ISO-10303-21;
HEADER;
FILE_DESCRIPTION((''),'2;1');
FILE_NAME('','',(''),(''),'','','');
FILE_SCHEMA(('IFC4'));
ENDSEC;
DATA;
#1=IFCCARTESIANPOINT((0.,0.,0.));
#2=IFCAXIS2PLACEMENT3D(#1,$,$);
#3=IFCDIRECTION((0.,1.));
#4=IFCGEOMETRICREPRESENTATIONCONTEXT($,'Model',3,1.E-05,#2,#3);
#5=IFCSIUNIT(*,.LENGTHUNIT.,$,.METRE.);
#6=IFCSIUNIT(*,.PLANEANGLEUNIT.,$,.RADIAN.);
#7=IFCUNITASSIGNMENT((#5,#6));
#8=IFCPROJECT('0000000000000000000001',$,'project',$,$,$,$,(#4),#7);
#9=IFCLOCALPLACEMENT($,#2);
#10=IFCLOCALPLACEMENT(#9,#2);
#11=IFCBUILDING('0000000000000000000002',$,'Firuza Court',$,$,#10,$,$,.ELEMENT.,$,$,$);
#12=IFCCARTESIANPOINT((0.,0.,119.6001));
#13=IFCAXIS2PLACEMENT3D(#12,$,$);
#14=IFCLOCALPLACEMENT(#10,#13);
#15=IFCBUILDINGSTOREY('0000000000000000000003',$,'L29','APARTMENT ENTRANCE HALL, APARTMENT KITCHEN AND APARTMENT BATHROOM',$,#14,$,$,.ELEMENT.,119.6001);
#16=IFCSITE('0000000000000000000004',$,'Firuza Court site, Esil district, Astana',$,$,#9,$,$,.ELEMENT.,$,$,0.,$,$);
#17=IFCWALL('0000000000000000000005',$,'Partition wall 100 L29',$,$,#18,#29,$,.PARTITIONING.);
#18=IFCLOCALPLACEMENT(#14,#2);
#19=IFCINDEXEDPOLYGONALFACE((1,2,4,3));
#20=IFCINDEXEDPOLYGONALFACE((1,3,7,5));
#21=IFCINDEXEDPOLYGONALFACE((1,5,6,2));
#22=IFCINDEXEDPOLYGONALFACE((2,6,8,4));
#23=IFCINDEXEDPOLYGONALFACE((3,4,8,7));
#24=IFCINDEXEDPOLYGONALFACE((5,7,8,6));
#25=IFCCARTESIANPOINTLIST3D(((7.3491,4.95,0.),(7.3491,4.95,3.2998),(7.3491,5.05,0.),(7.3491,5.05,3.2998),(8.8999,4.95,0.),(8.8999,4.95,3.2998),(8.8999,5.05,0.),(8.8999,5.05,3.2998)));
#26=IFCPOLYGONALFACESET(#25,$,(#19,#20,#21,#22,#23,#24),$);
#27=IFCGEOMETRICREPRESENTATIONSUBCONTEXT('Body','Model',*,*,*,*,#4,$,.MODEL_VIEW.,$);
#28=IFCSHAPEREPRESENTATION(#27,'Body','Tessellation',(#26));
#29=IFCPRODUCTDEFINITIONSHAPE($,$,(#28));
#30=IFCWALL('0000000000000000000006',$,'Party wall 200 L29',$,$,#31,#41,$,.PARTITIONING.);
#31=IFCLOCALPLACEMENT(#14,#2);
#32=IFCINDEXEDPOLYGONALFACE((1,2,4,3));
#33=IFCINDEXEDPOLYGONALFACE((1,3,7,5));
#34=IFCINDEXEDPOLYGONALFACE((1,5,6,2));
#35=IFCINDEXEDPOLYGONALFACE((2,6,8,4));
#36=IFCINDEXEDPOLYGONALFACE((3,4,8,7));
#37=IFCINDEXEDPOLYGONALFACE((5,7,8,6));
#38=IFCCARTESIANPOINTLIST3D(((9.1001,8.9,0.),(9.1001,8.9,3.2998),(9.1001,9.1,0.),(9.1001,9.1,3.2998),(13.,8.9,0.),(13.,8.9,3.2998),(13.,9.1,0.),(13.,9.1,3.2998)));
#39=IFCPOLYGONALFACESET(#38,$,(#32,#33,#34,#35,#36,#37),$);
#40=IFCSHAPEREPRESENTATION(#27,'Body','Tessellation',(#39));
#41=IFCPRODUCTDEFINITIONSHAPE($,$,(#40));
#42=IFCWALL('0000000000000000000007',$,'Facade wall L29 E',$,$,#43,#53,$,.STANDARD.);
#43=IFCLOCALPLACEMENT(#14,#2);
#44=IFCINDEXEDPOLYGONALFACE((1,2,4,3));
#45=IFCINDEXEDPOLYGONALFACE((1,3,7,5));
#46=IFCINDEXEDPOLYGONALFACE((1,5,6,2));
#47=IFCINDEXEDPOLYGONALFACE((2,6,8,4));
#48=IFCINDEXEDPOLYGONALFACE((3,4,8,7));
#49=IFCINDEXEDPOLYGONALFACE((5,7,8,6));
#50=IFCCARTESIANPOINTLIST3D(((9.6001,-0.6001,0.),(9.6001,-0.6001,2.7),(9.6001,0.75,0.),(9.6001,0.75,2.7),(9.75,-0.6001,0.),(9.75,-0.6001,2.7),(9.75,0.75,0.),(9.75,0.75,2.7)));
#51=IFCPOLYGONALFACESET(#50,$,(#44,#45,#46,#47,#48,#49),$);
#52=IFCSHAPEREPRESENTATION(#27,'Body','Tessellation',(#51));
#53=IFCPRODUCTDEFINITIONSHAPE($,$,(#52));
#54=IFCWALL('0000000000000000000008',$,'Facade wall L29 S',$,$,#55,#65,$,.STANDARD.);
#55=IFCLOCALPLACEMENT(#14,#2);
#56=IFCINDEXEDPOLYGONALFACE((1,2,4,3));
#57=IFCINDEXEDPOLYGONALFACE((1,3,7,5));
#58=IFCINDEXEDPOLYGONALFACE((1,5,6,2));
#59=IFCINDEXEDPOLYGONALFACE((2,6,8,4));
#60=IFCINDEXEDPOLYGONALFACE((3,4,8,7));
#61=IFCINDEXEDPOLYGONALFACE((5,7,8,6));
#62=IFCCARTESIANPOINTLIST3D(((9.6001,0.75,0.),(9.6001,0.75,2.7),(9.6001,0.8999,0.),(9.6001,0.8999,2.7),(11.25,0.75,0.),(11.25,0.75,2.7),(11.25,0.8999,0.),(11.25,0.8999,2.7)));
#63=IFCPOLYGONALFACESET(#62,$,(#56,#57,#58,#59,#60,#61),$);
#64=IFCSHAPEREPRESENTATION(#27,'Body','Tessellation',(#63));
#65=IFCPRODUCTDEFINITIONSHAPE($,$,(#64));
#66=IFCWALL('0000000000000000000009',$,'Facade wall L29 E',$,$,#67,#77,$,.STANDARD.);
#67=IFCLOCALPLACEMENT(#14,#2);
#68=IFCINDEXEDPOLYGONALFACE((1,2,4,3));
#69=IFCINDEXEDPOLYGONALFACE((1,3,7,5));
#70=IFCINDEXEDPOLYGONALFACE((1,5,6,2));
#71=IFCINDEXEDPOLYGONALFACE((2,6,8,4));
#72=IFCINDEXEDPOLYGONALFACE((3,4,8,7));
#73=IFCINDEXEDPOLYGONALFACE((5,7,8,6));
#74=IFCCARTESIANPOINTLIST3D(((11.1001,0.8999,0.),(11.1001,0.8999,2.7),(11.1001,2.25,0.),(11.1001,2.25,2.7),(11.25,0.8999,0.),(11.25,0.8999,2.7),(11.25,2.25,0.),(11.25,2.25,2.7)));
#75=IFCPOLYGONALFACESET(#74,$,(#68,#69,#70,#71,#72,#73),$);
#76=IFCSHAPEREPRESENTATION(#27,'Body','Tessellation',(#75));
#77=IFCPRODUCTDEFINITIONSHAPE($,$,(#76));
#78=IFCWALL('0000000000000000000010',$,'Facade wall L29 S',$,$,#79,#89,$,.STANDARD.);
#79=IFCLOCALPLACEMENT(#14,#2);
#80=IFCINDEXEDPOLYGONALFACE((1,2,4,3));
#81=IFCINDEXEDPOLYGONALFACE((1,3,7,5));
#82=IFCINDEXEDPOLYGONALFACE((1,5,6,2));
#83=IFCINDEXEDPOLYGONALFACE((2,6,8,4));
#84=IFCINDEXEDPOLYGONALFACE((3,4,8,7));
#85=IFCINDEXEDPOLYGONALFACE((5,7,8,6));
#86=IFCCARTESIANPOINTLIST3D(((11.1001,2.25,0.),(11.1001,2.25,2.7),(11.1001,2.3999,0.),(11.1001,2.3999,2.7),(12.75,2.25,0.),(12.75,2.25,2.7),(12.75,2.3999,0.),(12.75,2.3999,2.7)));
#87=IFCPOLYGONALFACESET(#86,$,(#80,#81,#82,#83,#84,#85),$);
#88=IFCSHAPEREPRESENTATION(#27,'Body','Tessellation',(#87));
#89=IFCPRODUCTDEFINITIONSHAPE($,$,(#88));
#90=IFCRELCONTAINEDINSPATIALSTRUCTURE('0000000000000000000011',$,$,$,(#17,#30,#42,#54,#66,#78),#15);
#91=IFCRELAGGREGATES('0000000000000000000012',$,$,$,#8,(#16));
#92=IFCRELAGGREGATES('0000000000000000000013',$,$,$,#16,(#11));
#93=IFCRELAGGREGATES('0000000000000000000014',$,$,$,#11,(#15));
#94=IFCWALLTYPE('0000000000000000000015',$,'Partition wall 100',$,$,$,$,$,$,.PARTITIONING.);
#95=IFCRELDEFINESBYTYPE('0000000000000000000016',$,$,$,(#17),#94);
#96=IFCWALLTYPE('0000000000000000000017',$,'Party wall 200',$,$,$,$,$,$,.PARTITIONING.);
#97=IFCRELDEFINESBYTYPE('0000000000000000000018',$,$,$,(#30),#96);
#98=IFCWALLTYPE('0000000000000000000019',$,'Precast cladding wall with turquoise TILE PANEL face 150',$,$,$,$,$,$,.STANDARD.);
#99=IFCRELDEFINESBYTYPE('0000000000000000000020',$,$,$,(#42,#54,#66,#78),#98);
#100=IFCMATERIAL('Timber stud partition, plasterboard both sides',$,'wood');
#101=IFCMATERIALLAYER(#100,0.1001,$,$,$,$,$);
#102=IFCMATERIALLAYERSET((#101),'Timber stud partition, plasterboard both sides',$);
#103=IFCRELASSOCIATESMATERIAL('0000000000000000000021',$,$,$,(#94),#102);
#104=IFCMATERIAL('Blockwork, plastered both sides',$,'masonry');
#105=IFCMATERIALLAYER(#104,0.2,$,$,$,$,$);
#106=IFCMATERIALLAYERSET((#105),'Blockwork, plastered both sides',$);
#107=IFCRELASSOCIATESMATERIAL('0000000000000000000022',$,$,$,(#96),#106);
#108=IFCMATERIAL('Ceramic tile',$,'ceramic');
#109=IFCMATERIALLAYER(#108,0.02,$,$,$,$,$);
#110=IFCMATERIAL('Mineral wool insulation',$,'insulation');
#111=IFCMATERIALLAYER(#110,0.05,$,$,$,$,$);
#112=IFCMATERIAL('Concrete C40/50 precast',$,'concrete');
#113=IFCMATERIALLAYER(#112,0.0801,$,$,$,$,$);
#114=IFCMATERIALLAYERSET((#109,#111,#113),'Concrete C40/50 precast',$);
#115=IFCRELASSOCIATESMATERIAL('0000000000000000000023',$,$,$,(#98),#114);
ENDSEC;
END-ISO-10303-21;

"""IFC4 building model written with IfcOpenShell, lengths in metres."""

from ifc_helpers import new_model, si_unit, direction, frame, frame_2d, origin, place, context, subcontext, project, spatial, rectangle, extrude, material, layer, layer_set, type_object, element, save


model = new_model("IFC4")

# Units and contexts
model_context = context("Model", 3, precision=1e-05, world=origin(), true_north=direction((0.0, 1.0)))
body_context = subcontext(model_context, "Body", "Model", "MODEL_VIEW")
ifc_project = project(units=[si_unit("LENGTHUNIT", "METRE"), si_unit("PLANEANGLEUNIT", "RADIAN")], contexts=[model_context])

# Site, building, storey
site_placement = place(None, origin())
site = spatial("IfcSite", under=ifc_project, at=site_placement, Name="Firuza Court site, Esil district, Astana", CompositionType="ELEMENT", RefElevation=0.0)
building_placement = place(site_placement, origin())
building = spatial("IfcBuilding", under=site, at=building_placement, Name="Firuza Court", CompositionType="ELEMENT")
storey_placement = place(building_placement, frame((0.0, 0.0, 119.6001)))
storey = spatial("IfcBuildingStorey", under=building, at=storey_placement, Name="L29", Description="APARTMENT ENTRANCE HALL, APARTMENT KITCHEN AND APARTMENT BATHROOM", CompositionType="ELEMENT", Elevation=119.6001)

# Shared definitions
ifc_material_1 = material(Name="Blockwork, plastered both sides", Category="masonry")

# Walls
ifc_material_2 = material(Name="Timber stud partition, plasterboard both sides", Category="wood")
ifc_layer_1 = layer(ifc_material_2, 0.1001)
ifc_layer_set_1 = layer_set([ifc_layer_1], Name="Timber stud partition, plasterboard both sides")
wall_type_1 = type_object("IfcWallType", Name="Partition wall 100", PredefinedType="PARTITIONING", material=ifc_layer_set_1)
wall_1_placement = place(storey_placement, frame((7.3491, 5.0, 0.0), z_axis=(0.0, 0.0, 1.0), x_axis=(1.0, 0.0, 0.0)))
element("IfcWall", 1, at=wall_1_placement, inside=storey, type_object=wall_type_1, Name="Partition wall 100 L29", PredefinedType="PARTITIONING", context=body_context, shape_type="SweptSolid", body=[
    extrude(rectangle(XDim=1.5508, YDim=0.1001, at=frame_2d((0.7754, 0.0))), origin(), (0.0, 0.0, 1.0), 3.2998),
])
ifc_layer_2 = layer(ifc_material_1, 0.2)
ifc_layer_set_2 = layer_set([ifc_layer_2], Name="Blockwork, plastered both sides")
wall_type_2 = type_object("IfcWallType", Name="Party wall 200", PredefinedType="PARTITIONING", material=ifc_layer_set_2)
wall_2_placement = place(storey_placement, frame((9.1001, 9.0, 0.0), z_axis=(0.0, 0.0, 1.0), x_axis=(1.0, 0.0, 0.0)))
element("IfcWall", 2, at=wall_2_placement, inside=storey, type_object=wall_type_2, Name="Party wall 200 L29", PredefinedType="PARTITIONING", context=body_context, shape_type="SweptSolid", body=[
    extrude(rectangle(XDim=3.8999, YDim=0.2, at=frame_2d((1.95, 0.0))), origin(), (0.0, 0.0, 1.0), 3.2998),
])
ifc_material_3 = material(Name="Ceramic tile", Category="ceramic")
ifc_layer_3 = layer(ifc_material_3, 0.02)
ifc_material_4 = material(Name="Mineral wool insulation", Category="insulation")
ifc_layer_4 = layer(ifc_material_4, 0.05)
ifc_material_5 = material(Name="Concrete C40/50 precast", Category="concrete")
ifc_layer_5 = layer(ifc_material_5, 0.0801)
ifc_layer_set_3 = layer_set([ifc_layer_3, ifc_layer_4, ifc_layer_5], Name="Concrete C40/50 precast")
wall_type_3 = type_object("IfcWallType", Name="Precast cladding wall with turquoise TILE PANEL face 150", PredefinedType="STANDARD", material=ifc_layer_set_3)
wall_3_placement = place(storey_placement, frame((9.675, -0.6001, 0.0), z_axis=(0.0, 0.0, 1.0), x_axis=(0.0, 1.0, 0.0)))
element("IfcWall", 3, at=wall_3_placement, inside=storey, type_object=wall_type_3, Name="Facade wall L29 E", PredefinedType="STANDARD", context=body_context, shape_type="SweptSolid", body=[
    extrude(rectangle(XDim=1.3501, YDim=0.1499, at=frame_2d((0.675, 0.0))), origin(), (0.0, 0.0, 1.0), 2.7),
])
wall_4_placement = place(storey_placement, frame((9.6001, 0.825, 0.0), z_axis=(0.0, 0.0, 1.0), x_axis=(1.0, 0.0, 0.0)))
element("IfcWall", 4, at=wall_4_placement, inside=storey, type_object=wall_type_3, Name="Facade wall L29 S", PredefinedType="STANDARD", context=body_context, shape_type="SweptSolid", body=[
    extrude(rectangle(XDim=1.6499, YDim=0.1499, at=frame_2d((0.825, 0.0))), origin(), (0.0, 0.0, 1.0), 2.7),
])
wall_5_placement = place(storey_placement, frame((11.175, 0.8999, 0.0), z_axis=(0.0, 0.0, 1.0), x_axis=(0.0, 1.0, 0.0)))
element("IfcWall", 5, at=wall_5_placement, inside=storey, type_object=wall_type_3, Name="Facade wall L29 E", PredefinedType="STANDARD", context=body_context, shape_type="SweptSolid", body=[
    extrude(rectangle(XDim=1.3501, YDim=0.1499, at=frame_2d((0.675, 0.0))), origin(), (0.0, 0.0, 1.0), 2.7),
])
wall_6_placement = place(storey_placement, frame((11.1001, 2.325, 0.0), z_axis=(0.0, 0.0, 1.0), x_axis=(1.0, 0.0, 0.0)))
element("IfcWall", 6, at=wall_6_placement, inside=storey, type_object=wall_type_3, Name="Facade wall L29 S", PredefinedType="STANDARD", context=body_context, shape_type="SweptSolid", body=[
    extrude(rectangle(XDim=1.6499, YDim=0.1499, at=frame_2d((0.825, 0.0))), origin(), (0.0, 0.0, 1.0), 2.7),
])

save(model, "model.ifc")
